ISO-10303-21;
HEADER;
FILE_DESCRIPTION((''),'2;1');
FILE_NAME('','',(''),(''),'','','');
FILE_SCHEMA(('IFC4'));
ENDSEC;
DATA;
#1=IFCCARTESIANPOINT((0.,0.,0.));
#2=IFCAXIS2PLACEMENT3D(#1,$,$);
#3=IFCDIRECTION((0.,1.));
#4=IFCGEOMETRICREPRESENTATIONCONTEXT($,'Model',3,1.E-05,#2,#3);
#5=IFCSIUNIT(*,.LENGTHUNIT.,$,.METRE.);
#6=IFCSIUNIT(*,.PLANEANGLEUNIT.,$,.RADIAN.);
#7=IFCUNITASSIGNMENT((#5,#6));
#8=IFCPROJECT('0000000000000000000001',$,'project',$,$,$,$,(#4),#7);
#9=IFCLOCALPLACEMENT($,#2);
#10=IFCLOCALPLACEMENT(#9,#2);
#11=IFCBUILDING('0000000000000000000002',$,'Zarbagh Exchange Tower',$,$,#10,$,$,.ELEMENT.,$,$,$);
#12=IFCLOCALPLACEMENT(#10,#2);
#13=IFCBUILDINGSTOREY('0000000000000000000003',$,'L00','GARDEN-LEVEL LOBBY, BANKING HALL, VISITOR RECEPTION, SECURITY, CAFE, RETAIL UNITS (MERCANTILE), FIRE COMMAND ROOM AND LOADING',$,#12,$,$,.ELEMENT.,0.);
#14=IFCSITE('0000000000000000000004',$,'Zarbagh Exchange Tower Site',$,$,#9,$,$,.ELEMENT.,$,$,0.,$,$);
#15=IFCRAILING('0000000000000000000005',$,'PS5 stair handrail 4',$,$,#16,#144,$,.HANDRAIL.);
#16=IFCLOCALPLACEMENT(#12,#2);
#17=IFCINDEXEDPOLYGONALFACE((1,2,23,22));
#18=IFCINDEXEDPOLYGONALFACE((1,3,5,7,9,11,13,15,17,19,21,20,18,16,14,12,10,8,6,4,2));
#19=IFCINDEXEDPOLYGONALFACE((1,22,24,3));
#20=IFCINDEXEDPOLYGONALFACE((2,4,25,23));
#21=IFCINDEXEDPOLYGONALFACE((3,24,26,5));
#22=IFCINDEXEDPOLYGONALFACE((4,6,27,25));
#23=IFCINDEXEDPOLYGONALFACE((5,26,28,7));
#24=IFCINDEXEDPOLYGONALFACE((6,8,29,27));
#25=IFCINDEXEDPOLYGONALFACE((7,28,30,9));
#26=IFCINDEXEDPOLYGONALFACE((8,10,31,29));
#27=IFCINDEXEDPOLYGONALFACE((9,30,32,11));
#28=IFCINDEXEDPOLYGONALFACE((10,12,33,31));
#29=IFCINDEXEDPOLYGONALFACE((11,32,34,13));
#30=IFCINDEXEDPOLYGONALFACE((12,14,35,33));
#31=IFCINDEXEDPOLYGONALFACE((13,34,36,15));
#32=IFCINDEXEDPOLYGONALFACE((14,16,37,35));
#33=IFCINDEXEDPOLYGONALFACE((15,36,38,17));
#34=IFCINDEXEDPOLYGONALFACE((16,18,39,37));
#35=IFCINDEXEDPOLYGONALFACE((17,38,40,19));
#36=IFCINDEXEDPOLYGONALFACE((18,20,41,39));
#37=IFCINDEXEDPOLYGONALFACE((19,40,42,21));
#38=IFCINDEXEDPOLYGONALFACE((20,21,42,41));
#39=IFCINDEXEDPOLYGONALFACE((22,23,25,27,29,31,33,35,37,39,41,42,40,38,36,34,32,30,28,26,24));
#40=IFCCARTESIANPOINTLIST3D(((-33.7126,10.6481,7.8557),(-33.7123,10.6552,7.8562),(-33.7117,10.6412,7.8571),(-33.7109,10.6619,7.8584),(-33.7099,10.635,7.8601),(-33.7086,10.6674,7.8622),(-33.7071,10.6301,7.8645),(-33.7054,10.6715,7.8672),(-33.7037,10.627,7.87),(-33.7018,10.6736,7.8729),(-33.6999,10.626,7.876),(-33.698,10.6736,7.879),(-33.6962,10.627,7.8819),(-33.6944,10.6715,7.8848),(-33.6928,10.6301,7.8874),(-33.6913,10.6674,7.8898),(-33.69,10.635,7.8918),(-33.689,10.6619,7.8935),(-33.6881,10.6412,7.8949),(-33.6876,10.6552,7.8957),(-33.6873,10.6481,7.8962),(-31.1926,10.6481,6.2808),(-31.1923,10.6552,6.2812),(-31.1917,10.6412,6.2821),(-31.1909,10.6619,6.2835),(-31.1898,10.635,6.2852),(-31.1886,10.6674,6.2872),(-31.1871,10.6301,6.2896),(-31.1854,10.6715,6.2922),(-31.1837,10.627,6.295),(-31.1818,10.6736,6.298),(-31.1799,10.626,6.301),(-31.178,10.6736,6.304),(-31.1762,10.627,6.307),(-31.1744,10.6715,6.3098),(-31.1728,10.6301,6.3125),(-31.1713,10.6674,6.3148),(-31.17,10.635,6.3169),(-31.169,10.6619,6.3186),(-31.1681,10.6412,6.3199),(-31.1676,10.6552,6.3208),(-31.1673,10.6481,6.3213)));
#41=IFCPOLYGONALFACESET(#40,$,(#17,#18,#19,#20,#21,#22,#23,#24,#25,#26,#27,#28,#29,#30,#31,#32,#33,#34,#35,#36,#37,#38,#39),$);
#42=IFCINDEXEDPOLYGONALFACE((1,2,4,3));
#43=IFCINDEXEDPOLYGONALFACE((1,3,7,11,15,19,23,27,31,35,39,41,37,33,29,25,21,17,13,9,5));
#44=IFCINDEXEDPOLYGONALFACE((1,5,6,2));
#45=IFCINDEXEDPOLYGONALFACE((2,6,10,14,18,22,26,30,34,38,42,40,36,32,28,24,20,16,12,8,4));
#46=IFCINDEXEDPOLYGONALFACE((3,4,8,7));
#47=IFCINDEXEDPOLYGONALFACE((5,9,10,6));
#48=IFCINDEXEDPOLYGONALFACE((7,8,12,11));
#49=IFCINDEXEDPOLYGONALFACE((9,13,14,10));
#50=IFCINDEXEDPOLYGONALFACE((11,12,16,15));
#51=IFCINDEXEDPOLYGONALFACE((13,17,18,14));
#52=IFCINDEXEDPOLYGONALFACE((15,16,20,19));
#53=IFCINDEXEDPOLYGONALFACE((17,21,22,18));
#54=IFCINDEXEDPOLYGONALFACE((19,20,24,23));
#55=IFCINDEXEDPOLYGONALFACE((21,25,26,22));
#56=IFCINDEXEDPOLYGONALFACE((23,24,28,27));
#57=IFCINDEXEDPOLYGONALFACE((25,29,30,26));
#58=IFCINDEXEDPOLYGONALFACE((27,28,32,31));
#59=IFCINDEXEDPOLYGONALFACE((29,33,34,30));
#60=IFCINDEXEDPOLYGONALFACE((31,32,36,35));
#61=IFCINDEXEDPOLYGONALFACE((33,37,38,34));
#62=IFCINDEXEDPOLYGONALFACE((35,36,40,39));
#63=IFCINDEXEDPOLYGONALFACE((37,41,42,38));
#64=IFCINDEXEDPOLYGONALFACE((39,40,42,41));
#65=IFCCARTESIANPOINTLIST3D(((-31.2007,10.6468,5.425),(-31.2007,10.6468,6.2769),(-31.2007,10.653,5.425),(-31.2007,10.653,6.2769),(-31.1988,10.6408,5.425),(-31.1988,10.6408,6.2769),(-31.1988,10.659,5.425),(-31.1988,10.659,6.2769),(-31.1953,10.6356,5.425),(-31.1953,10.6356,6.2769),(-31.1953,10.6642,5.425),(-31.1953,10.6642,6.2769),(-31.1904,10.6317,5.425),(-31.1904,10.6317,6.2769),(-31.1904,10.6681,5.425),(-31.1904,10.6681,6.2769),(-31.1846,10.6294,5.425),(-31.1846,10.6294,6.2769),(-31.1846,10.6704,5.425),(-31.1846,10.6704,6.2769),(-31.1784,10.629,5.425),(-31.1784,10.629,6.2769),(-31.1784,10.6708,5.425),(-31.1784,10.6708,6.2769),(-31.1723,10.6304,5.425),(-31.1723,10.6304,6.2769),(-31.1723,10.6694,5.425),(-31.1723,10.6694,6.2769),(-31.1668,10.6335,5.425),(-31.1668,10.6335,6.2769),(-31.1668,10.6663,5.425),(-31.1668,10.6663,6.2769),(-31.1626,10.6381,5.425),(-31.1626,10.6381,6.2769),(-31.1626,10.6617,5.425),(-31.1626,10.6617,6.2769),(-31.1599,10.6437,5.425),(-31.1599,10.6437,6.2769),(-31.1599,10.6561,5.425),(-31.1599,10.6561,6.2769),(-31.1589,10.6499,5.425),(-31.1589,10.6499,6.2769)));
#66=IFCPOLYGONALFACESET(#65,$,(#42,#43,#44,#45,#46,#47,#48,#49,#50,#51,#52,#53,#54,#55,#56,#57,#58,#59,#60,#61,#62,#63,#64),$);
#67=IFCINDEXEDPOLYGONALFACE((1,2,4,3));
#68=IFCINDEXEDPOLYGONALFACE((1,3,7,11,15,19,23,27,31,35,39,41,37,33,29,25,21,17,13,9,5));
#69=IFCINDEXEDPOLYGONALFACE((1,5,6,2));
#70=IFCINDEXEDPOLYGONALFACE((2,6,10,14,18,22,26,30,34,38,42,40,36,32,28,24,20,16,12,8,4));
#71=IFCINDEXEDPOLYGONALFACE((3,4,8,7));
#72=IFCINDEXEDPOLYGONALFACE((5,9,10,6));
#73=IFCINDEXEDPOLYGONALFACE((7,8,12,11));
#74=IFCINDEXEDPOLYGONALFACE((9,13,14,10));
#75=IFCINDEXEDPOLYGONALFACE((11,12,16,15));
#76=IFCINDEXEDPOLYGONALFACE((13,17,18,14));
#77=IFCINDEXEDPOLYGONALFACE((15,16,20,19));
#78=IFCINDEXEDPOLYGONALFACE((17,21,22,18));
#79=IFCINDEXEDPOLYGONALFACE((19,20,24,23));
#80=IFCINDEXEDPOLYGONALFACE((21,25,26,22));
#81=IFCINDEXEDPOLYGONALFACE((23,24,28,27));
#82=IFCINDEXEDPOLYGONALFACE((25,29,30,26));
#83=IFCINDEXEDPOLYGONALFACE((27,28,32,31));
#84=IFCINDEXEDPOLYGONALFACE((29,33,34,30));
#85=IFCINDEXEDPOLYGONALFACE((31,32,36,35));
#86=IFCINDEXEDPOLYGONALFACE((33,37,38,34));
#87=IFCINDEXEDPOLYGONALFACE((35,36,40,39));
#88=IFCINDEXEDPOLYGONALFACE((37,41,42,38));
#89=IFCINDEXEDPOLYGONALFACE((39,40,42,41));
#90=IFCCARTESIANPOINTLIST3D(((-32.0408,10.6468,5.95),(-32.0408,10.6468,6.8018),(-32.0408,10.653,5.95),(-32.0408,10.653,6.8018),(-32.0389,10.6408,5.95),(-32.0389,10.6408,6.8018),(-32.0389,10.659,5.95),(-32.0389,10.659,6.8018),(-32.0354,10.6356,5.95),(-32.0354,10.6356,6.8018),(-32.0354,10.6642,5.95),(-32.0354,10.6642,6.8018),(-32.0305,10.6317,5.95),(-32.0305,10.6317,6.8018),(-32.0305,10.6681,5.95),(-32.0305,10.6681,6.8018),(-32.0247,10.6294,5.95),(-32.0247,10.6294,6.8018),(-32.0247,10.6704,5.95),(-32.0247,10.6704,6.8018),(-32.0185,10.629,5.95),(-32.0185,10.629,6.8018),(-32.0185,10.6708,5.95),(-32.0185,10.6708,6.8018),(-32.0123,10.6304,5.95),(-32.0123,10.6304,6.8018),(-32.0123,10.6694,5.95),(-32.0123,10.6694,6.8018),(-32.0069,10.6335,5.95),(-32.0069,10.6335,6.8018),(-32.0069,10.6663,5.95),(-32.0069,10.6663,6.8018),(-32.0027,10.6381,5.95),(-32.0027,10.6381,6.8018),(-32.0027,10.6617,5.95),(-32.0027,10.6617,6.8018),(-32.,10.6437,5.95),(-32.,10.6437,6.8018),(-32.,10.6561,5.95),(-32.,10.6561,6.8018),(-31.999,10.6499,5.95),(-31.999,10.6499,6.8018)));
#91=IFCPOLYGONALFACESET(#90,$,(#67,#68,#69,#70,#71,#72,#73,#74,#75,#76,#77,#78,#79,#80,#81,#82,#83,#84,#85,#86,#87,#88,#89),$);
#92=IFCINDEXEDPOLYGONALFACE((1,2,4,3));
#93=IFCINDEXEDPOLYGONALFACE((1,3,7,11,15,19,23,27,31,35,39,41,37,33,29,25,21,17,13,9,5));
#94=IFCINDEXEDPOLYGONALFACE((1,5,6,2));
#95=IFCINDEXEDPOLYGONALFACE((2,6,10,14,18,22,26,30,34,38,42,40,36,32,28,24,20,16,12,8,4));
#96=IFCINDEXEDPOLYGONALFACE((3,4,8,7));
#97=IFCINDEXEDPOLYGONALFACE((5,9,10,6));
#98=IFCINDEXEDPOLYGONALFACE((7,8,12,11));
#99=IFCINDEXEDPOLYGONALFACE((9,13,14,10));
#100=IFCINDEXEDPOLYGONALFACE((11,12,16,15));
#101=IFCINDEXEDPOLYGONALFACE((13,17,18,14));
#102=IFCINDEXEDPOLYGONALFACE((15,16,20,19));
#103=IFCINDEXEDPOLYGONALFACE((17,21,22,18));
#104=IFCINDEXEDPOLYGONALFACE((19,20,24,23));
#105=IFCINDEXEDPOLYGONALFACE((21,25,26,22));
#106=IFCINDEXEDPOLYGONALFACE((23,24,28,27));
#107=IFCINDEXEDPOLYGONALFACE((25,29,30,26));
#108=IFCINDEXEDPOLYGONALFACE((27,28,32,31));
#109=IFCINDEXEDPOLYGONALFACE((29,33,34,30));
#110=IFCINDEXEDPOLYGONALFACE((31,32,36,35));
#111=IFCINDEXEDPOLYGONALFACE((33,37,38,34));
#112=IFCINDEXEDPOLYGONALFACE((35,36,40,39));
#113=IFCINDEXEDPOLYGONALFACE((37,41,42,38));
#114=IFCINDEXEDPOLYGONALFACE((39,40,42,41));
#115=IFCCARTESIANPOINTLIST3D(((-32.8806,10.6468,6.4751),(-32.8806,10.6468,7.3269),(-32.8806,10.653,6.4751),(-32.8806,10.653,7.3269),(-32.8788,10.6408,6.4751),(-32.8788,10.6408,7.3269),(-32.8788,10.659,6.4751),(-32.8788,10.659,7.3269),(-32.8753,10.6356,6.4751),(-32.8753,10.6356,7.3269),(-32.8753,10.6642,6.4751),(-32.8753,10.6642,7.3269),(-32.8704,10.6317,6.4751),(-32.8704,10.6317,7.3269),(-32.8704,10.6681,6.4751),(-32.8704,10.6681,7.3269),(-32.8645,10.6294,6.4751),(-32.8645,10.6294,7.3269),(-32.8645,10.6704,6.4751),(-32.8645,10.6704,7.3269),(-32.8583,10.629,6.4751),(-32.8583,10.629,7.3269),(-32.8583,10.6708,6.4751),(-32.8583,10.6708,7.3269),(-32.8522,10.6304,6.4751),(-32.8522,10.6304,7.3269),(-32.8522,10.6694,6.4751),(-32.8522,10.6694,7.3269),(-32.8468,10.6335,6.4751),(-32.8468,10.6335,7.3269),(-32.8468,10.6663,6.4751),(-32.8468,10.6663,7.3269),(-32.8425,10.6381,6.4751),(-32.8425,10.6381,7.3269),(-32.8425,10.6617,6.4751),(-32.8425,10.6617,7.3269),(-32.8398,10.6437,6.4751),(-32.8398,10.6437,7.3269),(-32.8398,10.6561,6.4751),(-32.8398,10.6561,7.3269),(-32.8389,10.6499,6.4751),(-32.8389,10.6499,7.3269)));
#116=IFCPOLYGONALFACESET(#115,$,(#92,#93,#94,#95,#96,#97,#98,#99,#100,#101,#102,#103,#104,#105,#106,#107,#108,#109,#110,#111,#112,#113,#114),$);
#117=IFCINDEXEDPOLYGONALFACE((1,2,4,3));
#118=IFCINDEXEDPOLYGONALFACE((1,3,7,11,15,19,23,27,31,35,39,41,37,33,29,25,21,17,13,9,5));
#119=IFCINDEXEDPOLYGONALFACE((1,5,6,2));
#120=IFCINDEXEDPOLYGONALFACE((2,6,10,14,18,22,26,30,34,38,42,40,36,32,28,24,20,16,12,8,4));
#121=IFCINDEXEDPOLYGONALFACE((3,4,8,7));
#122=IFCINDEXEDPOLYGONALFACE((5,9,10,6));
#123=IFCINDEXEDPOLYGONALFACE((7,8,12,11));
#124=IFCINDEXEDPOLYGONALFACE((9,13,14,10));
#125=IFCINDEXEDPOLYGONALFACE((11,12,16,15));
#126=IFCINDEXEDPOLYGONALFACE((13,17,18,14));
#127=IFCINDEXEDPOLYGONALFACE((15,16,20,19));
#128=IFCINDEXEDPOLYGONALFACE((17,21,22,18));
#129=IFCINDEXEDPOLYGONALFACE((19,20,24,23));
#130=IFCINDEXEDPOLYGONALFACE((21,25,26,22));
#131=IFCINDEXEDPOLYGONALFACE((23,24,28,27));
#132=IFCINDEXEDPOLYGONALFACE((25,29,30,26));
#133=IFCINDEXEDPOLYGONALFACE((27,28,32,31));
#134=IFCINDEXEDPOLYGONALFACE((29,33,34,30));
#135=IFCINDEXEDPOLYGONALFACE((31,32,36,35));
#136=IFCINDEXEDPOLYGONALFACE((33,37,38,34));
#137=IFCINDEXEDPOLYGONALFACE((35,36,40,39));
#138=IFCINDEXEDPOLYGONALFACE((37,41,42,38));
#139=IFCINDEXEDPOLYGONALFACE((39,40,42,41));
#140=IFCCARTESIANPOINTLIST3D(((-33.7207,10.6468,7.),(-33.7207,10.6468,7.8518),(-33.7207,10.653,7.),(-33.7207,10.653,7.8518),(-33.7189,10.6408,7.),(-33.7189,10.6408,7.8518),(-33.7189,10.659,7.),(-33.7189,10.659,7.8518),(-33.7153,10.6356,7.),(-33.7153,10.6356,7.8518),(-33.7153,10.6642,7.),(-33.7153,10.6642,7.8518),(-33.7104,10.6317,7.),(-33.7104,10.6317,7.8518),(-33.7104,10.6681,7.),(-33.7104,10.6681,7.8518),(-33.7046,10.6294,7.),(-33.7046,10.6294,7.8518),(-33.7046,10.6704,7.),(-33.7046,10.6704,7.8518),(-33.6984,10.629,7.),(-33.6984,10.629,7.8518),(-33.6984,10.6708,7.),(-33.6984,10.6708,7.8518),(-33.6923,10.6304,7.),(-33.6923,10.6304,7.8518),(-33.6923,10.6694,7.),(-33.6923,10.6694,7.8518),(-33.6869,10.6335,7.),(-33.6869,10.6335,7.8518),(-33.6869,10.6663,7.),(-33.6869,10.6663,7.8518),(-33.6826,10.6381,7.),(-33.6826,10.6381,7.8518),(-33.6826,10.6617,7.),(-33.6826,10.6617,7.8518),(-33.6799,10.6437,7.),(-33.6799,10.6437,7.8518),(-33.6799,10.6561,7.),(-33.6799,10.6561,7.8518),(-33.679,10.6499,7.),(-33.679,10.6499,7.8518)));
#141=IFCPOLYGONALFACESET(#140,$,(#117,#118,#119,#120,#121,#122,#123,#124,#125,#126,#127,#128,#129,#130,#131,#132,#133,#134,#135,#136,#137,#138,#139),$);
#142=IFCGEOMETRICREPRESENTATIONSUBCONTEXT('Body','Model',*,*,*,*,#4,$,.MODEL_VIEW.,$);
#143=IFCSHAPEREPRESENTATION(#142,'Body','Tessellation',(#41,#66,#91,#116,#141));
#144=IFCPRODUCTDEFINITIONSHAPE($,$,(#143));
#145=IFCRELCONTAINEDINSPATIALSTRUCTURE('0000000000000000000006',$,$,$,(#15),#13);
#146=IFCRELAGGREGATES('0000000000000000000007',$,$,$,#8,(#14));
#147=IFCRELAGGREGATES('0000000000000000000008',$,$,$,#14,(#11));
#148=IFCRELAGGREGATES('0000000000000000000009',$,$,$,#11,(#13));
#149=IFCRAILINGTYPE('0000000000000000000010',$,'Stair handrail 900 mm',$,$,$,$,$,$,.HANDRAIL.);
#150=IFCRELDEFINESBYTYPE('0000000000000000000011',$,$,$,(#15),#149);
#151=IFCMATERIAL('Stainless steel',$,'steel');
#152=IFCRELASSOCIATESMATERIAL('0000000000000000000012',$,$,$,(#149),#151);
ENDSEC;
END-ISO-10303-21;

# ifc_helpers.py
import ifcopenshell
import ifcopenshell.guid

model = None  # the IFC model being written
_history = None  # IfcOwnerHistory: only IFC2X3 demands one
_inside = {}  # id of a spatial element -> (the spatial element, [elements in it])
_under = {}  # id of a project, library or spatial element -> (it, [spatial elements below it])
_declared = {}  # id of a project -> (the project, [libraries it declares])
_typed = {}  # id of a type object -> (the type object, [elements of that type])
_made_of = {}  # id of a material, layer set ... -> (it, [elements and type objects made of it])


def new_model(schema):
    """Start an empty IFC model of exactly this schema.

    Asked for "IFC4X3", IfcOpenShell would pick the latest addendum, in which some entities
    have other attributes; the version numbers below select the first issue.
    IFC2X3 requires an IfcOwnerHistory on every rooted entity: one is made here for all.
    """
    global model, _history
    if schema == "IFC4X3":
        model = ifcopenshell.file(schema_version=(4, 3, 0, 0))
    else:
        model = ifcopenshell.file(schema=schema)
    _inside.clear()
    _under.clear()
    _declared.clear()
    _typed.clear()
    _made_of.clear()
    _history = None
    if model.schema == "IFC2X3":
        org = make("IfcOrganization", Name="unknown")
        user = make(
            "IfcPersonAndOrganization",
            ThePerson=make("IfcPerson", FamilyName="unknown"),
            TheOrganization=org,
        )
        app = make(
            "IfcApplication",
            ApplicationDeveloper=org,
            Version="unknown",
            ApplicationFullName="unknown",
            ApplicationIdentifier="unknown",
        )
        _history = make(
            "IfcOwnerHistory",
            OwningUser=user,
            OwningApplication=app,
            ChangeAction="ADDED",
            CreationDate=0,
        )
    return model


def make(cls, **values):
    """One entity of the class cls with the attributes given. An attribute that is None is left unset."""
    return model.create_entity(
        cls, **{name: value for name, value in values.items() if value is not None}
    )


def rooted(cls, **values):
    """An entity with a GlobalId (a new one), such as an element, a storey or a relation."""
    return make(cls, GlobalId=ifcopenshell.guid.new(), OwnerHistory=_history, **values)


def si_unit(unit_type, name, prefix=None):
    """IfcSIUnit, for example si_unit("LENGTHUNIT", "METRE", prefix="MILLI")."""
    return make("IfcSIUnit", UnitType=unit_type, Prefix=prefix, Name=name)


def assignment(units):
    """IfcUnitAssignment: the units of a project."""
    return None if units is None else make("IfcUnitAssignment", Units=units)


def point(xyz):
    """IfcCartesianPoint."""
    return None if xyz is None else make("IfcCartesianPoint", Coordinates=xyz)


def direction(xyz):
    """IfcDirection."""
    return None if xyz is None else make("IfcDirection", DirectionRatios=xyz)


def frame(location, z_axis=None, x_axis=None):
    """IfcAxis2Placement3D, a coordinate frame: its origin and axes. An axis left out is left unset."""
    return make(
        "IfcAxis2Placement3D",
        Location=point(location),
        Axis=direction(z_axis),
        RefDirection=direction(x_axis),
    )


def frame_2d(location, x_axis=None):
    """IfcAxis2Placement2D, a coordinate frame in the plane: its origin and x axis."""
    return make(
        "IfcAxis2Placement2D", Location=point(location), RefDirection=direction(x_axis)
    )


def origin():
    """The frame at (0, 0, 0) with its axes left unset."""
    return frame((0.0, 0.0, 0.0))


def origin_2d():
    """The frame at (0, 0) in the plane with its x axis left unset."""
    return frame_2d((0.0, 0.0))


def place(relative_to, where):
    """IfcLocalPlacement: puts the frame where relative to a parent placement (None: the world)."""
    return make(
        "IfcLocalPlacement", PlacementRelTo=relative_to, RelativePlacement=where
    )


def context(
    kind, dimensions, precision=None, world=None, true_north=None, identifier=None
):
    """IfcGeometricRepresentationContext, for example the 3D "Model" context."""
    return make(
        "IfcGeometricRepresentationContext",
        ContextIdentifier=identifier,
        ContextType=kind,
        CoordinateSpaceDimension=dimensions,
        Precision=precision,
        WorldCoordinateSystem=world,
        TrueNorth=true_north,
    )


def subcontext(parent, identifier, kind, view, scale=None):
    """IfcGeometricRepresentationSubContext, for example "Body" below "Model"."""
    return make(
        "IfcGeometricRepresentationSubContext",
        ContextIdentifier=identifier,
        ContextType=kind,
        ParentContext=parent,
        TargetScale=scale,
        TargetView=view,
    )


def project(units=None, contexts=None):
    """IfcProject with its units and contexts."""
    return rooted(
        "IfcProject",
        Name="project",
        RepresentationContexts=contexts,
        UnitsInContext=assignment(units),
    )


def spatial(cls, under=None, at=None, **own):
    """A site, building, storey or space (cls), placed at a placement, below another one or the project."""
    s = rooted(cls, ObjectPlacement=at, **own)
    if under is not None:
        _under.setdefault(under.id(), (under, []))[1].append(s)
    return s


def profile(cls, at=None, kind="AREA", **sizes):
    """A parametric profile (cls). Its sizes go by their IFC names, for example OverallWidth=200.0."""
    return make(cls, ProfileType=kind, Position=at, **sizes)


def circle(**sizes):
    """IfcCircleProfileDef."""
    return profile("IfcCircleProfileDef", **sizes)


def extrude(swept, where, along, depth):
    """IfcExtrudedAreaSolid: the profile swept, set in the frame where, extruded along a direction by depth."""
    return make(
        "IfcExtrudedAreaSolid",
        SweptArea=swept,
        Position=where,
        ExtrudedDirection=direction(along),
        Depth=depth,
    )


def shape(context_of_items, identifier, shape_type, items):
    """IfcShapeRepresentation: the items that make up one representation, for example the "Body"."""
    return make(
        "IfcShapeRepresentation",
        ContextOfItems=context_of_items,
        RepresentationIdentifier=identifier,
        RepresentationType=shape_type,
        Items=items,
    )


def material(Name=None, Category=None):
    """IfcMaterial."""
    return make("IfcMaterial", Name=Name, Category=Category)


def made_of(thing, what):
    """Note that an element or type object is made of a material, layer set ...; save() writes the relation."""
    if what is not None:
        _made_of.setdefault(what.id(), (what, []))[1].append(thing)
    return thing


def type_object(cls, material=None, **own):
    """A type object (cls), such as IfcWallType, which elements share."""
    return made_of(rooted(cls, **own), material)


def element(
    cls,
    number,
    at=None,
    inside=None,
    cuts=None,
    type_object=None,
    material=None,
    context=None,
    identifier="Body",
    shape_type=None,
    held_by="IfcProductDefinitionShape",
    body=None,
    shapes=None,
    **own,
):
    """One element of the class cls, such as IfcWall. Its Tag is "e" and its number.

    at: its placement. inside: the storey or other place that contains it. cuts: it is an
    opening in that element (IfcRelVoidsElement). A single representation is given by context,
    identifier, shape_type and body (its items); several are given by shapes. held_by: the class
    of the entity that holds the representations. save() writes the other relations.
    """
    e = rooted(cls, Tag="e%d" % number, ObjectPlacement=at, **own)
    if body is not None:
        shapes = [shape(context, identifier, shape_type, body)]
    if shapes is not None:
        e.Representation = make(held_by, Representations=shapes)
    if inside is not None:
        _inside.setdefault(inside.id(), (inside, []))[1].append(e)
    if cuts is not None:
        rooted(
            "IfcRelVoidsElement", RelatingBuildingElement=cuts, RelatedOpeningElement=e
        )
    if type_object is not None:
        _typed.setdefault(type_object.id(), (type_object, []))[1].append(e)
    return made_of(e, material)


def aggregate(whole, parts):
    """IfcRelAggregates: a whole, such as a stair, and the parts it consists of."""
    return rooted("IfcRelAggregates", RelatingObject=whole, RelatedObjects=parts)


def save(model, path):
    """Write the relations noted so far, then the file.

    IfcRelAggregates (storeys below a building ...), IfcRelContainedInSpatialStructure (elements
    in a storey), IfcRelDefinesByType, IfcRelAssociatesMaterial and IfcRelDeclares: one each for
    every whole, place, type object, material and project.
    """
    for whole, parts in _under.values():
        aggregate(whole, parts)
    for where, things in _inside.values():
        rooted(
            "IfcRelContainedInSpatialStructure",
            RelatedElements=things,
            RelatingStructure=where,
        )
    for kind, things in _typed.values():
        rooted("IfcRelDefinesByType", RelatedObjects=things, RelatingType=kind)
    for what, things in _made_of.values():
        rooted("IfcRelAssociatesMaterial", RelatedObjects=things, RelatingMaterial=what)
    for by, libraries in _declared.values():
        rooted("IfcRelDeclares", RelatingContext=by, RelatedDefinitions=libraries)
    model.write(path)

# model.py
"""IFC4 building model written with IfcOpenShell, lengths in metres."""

from ifc_helpers import new_model, si_unit, direction, frame, origin, origin_2d, place, context, subcontext, project, spatial, circle, extrude, material, type_object, element, save


model = new_model("IFC4")

# Units and contexts
model_context = context("Model", 3, precision=1e-05, world=origin(), true_north=direction((0.0, 1.0)))
body_context = subcontext(model_context, "Body", "Model", "MODEL_VIEW")
ifc_project = project(units=[si_unit("LENGTHUNIT", "METRE"), si_unit("PLANEANGLEUNIT", "RADIAN")], contexts=[model_context])

# Site, building, storey
site_placement = place(None, origin())
site = spatial("IfcSite", under=ifc_project, at=site_placement, Name="Zarbagh Exchange Tower Site", CompositionType="ELEMENT", RefElevation=0.0)
building_placement = place(site_placement, origin())
building = spatial("IfcBuilding", under=site, at=building_placement, Name="Zarbagh Exchange Tower", CompositionType="ELEMENT")
storey_placement = place(building_placement, origin())
storey = spatial("IfcBuildingStorey", under=building, at=storey_placement, Name="L00", Description="GARDEN-LEVEL LOBBY, BANKING HALL, VISITOR RECEPTION, SECURITY, CAFE, RETAIL UNITS (MERCANTILE), FIRE COMMAND ROOM AND LOADING", CompositionType="ELEMENT", Elevation=0.0)

# Railing
ifc_material_1 = material(Name="Stainless steel", Category="steel")
railing_type_1 = type_object("IfcRailingType", Name="Stair handrail 900 mm", PredefinedType="HANDRAIL", material=ifc_material_1)
railing_1_placement = place(storey_placement, frame((-31.1799, 10.6499, 5.425)))
element("IfcRailing", 1, at=railing_1_placement, inside=storey, type_object=railing_type_1, Name="PS5 stair handrail 4", PredefinedType="HANDRAIL", context=body_context, shape_type="SweptSolid", body=[
    extrude(circle(Radius=0.0239, at=origin_2d()), frame((0.0, 0.0, 0.876), z_axis=(-0.848008, 0.0, 0.529984), x_axis=(0.0, -1.0, 0.0)), (0.0, 0.0, 1.0), 2.9717),
    extrude(circle(Radius=0.021, at=origin_2d()), origin(), (0.0, 0.0, 1.0), 0.8518),
    extrude(circle(Radius=0.021, at=origin_2d()), frame((-0.8401, 0.0, 0.5249)), (0.0, 0.0, 1.0), 0.8518),
    extrude(circle(Radius=0.021, at=origin_2d()), frame((-1.6799, 0.0, 1.05)), (0.0, 0.0, 1.0), 0.8518),
    extrude(circle(Radius=0.021, at=origin_2d()), frame((-2.52, 0.0, 1.575)), (0.0, 0.0, 1.0), 0.8518),
])

save(model, "model.ifc")
